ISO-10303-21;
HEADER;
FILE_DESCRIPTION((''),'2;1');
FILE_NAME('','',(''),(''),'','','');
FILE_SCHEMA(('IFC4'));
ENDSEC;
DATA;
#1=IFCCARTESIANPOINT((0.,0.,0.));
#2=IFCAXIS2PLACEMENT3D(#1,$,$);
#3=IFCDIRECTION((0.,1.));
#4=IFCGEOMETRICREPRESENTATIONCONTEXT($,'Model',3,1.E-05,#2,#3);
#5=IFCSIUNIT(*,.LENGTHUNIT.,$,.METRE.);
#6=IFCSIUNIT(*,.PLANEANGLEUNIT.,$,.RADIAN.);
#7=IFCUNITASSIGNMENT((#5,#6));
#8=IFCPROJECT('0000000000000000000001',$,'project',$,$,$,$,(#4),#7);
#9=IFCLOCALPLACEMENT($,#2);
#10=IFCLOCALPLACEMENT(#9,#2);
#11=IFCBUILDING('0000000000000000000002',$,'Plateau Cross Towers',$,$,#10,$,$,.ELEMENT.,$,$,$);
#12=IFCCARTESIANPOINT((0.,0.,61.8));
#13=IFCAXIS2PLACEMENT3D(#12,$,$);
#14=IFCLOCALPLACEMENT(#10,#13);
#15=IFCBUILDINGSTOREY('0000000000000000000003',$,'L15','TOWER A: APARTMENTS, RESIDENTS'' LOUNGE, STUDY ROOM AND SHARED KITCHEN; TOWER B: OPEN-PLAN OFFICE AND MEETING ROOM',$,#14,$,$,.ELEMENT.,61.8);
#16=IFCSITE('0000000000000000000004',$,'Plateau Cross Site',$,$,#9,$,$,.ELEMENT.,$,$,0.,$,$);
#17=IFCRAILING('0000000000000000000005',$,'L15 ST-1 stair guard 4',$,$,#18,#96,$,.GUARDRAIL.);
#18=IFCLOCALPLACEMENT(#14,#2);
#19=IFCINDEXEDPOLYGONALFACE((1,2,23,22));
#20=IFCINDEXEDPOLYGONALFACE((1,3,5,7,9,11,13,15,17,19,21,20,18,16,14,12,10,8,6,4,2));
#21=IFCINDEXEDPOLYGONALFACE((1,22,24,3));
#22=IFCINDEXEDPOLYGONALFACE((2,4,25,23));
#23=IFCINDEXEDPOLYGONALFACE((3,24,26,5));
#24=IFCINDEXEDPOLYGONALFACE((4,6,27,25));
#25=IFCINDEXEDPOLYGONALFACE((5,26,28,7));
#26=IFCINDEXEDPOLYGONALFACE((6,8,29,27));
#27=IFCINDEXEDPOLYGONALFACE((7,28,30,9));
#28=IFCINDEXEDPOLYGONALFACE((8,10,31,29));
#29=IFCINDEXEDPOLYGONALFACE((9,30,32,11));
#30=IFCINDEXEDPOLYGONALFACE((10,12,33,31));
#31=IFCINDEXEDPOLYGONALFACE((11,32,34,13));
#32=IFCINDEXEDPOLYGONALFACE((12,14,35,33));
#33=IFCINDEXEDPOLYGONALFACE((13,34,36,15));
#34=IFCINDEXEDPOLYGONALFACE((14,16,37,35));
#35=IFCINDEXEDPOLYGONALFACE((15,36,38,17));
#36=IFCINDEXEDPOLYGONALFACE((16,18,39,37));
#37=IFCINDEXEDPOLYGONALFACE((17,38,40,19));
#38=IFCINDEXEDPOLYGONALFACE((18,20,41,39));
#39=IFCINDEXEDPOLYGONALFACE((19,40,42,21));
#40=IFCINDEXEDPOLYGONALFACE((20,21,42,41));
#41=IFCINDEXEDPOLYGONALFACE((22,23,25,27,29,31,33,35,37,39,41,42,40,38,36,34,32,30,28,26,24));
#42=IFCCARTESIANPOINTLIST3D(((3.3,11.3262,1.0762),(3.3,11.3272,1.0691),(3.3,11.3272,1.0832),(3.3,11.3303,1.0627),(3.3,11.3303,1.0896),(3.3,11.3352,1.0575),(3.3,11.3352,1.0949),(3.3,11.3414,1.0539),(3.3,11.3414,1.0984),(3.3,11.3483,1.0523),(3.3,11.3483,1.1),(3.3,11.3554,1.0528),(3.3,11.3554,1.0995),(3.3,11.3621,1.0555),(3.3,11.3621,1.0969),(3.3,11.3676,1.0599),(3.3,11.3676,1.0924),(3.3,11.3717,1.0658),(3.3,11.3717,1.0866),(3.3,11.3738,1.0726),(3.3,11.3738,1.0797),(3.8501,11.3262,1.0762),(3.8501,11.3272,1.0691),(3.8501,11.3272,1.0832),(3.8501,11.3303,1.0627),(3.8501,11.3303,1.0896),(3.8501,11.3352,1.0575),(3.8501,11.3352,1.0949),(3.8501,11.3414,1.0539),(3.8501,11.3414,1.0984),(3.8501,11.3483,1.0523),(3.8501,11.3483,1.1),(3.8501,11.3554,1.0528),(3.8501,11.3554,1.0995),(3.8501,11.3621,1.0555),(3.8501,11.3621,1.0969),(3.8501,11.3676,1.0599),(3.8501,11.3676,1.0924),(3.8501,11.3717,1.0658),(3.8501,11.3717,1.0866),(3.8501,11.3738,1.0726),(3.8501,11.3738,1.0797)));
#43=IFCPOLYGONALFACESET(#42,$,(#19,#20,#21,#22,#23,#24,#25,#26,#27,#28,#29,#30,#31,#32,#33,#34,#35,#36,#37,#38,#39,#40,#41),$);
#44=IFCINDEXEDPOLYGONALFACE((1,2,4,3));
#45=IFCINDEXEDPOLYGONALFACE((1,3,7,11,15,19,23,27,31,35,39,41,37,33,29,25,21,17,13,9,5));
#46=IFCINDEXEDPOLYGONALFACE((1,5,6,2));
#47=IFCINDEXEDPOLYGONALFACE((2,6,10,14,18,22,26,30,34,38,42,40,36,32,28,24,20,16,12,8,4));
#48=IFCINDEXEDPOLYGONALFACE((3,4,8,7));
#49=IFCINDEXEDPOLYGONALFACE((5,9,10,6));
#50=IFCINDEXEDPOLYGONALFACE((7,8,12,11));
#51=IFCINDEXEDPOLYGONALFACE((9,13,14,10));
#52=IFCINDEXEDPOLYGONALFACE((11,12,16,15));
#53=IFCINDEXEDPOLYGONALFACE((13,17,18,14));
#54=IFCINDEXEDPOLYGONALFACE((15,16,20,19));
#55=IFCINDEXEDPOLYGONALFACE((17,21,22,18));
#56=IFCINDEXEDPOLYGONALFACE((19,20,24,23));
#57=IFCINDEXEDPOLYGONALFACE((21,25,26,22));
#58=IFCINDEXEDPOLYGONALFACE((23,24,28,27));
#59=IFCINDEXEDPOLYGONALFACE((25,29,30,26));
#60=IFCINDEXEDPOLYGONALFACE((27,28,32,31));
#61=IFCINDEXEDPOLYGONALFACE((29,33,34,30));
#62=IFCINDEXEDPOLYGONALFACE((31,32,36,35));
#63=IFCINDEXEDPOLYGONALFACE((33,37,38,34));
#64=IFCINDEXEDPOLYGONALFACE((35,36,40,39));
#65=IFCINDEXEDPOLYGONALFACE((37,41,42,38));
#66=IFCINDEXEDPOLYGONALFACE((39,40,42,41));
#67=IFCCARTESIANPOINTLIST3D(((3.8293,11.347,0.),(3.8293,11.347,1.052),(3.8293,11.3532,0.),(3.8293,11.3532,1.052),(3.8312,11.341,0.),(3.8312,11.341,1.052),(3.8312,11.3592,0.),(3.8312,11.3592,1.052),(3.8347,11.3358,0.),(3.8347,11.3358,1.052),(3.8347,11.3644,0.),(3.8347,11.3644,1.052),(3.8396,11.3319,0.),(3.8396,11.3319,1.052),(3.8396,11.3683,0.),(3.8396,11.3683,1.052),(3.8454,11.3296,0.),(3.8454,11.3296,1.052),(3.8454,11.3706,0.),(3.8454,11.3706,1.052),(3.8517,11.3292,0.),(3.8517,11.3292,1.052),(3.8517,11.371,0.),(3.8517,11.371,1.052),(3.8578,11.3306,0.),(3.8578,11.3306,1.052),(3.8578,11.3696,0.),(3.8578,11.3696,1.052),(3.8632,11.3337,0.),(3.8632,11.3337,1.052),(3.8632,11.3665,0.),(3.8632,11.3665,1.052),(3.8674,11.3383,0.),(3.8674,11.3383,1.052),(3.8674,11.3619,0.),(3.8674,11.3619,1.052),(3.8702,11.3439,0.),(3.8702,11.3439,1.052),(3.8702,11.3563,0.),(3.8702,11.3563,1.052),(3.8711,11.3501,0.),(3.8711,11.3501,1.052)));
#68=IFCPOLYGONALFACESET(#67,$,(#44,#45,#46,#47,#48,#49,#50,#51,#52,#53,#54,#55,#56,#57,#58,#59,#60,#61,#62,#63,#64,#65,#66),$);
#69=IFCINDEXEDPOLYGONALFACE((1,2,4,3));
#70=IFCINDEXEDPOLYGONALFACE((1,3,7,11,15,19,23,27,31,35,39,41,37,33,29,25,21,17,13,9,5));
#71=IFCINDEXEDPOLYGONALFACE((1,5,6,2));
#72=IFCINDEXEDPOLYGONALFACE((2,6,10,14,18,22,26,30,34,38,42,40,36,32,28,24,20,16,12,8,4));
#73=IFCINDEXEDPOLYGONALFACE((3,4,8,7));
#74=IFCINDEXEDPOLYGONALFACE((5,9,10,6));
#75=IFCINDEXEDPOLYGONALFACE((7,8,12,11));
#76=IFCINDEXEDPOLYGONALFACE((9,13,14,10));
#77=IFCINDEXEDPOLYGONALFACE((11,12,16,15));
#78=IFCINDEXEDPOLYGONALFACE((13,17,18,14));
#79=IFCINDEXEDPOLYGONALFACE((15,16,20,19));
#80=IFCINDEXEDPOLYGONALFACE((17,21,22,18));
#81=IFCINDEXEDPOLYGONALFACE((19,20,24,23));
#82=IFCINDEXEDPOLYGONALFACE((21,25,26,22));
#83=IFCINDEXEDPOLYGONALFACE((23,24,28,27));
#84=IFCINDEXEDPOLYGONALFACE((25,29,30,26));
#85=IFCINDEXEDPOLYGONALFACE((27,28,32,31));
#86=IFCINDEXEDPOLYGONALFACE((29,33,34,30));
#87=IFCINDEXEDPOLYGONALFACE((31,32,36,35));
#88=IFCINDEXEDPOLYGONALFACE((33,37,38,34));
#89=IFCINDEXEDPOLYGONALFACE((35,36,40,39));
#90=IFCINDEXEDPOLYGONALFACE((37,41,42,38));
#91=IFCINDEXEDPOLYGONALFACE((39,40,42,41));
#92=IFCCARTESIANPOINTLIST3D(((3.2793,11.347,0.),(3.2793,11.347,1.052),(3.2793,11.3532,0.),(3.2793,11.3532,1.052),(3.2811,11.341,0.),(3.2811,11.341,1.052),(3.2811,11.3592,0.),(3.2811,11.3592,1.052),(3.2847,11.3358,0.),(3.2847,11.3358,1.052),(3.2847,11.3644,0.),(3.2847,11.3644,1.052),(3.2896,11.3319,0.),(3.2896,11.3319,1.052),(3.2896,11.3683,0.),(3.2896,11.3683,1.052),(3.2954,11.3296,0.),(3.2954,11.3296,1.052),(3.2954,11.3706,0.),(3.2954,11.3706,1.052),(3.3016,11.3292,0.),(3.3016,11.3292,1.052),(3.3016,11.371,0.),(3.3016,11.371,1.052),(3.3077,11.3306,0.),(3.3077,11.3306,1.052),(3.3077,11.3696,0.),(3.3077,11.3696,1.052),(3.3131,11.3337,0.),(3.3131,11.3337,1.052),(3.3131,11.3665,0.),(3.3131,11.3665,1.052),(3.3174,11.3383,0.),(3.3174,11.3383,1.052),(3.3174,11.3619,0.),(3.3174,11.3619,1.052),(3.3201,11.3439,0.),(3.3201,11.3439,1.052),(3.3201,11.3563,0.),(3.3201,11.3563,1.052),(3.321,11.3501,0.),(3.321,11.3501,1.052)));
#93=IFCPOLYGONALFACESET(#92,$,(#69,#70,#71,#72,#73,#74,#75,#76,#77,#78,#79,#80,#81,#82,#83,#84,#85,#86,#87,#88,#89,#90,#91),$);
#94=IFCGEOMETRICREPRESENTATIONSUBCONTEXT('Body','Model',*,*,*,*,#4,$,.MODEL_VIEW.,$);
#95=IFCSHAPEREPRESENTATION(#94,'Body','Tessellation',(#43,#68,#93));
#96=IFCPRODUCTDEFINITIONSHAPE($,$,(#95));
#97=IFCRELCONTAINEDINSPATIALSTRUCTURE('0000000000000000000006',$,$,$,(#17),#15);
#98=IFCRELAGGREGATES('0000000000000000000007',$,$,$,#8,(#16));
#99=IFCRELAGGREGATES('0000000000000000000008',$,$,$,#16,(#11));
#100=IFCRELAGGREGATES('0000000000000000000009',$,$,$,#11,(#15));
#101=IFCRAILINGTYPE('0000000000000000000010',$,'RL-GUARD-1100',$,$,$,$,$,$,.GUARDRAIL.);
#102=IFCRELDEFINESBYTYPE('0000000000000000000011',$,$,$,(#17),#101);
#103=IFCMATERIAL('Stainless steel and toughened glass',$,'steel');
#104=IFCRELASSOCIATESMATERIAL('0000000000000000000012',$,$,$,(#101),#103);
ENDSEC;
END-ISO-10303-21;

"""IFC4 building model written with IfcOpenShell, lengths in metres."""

from ifc_helpers import new_model, si_unit, direction, frame, origin, origin_2d, place, context, subcontext, project, spatial, circle, extrude, material, type_object, element, save


model = new_model("IFC4")

# Units and contexts
model_context = context("Model", 3, precision=1e-05, world=origin(), true_north=direction((0.0, 1.0)))
body_context = subcontext(model_context, "Body", "Model", "MODEL_VIEW")
ifc_project = project(units=[si_unit("LENGTHUNIT", "METRE"), si_unit("PLANEANGLEUNIT", "RADIAN")], contexts=[model_context])

# Site, building, storey
site_placement = place(None, origin())
site = spatial("IfcSite", under=ifc_project, at=site_placement, Name="Plateau Cross Site", CompositionType="ELEMENT", RefElevation=0.0)
building_placement = place(site_placement, origin())
building = spatial("IfcBuilding", under=site, at=building_placement, Name="Plateau Cross Towers", CompositionType="ELEMENT")
storey_placement = place(building_placement, frame((0.0, 0.0, 61.8)))
storey = spatial("IfcBuildingStorey", under=building, at=storey_placement, Name="L15", Description="TOWER A: APARTMENTS, RESIDENTS' LOUNGE, STUDY ROOM AND SHARED KITCHEN; TOWER B: OPEN-PLAN OFFICE AND MEETING ROOM", CompositionType="ELEMENT", Elevation=61.8)

# Railing
ifc_material_1 = material(Name="Stainless steel and toughened glass", Category="steel")
railing_type = type_object("IfcRailingType", Name="RL-GUARD-1100", PredefinedType="GUARDRAIL", material=ifc_material_1)
railing_1_placement = place(storey_placement, frame((3.8501, 11.3501, 0.0)))
element("IfcRailing", 1, at=railing_1_placement, inside=storey, type_object=railing_type, Name="L15 ST-1 stair guard 4", PredefinedType="GUARDRAIL", context=body_context, shape_type="SweptSolid", body=[
    extrude(circle(Radius=0.0239, at=origin_2d()), frame((0.0, 0.0, 1.0762), z_axis=(-1.0, 0.0, 0.0), x_axis=(0.0, -1.0, 0.0)), (0.0, 0.0, 1.0), 0.55),
    extrude(circle(Radius=0.021, at=origin_2d()), origin(), (0.0, 0.0, 1.0), 1.052),
    extrude(circle(Radius=0.021, at=origin_2d()), frame((-0.55, 0.0, 0.0)), (0.0, 0.0, 1.0), 1.052),
])

save(model, "model.ifc")
